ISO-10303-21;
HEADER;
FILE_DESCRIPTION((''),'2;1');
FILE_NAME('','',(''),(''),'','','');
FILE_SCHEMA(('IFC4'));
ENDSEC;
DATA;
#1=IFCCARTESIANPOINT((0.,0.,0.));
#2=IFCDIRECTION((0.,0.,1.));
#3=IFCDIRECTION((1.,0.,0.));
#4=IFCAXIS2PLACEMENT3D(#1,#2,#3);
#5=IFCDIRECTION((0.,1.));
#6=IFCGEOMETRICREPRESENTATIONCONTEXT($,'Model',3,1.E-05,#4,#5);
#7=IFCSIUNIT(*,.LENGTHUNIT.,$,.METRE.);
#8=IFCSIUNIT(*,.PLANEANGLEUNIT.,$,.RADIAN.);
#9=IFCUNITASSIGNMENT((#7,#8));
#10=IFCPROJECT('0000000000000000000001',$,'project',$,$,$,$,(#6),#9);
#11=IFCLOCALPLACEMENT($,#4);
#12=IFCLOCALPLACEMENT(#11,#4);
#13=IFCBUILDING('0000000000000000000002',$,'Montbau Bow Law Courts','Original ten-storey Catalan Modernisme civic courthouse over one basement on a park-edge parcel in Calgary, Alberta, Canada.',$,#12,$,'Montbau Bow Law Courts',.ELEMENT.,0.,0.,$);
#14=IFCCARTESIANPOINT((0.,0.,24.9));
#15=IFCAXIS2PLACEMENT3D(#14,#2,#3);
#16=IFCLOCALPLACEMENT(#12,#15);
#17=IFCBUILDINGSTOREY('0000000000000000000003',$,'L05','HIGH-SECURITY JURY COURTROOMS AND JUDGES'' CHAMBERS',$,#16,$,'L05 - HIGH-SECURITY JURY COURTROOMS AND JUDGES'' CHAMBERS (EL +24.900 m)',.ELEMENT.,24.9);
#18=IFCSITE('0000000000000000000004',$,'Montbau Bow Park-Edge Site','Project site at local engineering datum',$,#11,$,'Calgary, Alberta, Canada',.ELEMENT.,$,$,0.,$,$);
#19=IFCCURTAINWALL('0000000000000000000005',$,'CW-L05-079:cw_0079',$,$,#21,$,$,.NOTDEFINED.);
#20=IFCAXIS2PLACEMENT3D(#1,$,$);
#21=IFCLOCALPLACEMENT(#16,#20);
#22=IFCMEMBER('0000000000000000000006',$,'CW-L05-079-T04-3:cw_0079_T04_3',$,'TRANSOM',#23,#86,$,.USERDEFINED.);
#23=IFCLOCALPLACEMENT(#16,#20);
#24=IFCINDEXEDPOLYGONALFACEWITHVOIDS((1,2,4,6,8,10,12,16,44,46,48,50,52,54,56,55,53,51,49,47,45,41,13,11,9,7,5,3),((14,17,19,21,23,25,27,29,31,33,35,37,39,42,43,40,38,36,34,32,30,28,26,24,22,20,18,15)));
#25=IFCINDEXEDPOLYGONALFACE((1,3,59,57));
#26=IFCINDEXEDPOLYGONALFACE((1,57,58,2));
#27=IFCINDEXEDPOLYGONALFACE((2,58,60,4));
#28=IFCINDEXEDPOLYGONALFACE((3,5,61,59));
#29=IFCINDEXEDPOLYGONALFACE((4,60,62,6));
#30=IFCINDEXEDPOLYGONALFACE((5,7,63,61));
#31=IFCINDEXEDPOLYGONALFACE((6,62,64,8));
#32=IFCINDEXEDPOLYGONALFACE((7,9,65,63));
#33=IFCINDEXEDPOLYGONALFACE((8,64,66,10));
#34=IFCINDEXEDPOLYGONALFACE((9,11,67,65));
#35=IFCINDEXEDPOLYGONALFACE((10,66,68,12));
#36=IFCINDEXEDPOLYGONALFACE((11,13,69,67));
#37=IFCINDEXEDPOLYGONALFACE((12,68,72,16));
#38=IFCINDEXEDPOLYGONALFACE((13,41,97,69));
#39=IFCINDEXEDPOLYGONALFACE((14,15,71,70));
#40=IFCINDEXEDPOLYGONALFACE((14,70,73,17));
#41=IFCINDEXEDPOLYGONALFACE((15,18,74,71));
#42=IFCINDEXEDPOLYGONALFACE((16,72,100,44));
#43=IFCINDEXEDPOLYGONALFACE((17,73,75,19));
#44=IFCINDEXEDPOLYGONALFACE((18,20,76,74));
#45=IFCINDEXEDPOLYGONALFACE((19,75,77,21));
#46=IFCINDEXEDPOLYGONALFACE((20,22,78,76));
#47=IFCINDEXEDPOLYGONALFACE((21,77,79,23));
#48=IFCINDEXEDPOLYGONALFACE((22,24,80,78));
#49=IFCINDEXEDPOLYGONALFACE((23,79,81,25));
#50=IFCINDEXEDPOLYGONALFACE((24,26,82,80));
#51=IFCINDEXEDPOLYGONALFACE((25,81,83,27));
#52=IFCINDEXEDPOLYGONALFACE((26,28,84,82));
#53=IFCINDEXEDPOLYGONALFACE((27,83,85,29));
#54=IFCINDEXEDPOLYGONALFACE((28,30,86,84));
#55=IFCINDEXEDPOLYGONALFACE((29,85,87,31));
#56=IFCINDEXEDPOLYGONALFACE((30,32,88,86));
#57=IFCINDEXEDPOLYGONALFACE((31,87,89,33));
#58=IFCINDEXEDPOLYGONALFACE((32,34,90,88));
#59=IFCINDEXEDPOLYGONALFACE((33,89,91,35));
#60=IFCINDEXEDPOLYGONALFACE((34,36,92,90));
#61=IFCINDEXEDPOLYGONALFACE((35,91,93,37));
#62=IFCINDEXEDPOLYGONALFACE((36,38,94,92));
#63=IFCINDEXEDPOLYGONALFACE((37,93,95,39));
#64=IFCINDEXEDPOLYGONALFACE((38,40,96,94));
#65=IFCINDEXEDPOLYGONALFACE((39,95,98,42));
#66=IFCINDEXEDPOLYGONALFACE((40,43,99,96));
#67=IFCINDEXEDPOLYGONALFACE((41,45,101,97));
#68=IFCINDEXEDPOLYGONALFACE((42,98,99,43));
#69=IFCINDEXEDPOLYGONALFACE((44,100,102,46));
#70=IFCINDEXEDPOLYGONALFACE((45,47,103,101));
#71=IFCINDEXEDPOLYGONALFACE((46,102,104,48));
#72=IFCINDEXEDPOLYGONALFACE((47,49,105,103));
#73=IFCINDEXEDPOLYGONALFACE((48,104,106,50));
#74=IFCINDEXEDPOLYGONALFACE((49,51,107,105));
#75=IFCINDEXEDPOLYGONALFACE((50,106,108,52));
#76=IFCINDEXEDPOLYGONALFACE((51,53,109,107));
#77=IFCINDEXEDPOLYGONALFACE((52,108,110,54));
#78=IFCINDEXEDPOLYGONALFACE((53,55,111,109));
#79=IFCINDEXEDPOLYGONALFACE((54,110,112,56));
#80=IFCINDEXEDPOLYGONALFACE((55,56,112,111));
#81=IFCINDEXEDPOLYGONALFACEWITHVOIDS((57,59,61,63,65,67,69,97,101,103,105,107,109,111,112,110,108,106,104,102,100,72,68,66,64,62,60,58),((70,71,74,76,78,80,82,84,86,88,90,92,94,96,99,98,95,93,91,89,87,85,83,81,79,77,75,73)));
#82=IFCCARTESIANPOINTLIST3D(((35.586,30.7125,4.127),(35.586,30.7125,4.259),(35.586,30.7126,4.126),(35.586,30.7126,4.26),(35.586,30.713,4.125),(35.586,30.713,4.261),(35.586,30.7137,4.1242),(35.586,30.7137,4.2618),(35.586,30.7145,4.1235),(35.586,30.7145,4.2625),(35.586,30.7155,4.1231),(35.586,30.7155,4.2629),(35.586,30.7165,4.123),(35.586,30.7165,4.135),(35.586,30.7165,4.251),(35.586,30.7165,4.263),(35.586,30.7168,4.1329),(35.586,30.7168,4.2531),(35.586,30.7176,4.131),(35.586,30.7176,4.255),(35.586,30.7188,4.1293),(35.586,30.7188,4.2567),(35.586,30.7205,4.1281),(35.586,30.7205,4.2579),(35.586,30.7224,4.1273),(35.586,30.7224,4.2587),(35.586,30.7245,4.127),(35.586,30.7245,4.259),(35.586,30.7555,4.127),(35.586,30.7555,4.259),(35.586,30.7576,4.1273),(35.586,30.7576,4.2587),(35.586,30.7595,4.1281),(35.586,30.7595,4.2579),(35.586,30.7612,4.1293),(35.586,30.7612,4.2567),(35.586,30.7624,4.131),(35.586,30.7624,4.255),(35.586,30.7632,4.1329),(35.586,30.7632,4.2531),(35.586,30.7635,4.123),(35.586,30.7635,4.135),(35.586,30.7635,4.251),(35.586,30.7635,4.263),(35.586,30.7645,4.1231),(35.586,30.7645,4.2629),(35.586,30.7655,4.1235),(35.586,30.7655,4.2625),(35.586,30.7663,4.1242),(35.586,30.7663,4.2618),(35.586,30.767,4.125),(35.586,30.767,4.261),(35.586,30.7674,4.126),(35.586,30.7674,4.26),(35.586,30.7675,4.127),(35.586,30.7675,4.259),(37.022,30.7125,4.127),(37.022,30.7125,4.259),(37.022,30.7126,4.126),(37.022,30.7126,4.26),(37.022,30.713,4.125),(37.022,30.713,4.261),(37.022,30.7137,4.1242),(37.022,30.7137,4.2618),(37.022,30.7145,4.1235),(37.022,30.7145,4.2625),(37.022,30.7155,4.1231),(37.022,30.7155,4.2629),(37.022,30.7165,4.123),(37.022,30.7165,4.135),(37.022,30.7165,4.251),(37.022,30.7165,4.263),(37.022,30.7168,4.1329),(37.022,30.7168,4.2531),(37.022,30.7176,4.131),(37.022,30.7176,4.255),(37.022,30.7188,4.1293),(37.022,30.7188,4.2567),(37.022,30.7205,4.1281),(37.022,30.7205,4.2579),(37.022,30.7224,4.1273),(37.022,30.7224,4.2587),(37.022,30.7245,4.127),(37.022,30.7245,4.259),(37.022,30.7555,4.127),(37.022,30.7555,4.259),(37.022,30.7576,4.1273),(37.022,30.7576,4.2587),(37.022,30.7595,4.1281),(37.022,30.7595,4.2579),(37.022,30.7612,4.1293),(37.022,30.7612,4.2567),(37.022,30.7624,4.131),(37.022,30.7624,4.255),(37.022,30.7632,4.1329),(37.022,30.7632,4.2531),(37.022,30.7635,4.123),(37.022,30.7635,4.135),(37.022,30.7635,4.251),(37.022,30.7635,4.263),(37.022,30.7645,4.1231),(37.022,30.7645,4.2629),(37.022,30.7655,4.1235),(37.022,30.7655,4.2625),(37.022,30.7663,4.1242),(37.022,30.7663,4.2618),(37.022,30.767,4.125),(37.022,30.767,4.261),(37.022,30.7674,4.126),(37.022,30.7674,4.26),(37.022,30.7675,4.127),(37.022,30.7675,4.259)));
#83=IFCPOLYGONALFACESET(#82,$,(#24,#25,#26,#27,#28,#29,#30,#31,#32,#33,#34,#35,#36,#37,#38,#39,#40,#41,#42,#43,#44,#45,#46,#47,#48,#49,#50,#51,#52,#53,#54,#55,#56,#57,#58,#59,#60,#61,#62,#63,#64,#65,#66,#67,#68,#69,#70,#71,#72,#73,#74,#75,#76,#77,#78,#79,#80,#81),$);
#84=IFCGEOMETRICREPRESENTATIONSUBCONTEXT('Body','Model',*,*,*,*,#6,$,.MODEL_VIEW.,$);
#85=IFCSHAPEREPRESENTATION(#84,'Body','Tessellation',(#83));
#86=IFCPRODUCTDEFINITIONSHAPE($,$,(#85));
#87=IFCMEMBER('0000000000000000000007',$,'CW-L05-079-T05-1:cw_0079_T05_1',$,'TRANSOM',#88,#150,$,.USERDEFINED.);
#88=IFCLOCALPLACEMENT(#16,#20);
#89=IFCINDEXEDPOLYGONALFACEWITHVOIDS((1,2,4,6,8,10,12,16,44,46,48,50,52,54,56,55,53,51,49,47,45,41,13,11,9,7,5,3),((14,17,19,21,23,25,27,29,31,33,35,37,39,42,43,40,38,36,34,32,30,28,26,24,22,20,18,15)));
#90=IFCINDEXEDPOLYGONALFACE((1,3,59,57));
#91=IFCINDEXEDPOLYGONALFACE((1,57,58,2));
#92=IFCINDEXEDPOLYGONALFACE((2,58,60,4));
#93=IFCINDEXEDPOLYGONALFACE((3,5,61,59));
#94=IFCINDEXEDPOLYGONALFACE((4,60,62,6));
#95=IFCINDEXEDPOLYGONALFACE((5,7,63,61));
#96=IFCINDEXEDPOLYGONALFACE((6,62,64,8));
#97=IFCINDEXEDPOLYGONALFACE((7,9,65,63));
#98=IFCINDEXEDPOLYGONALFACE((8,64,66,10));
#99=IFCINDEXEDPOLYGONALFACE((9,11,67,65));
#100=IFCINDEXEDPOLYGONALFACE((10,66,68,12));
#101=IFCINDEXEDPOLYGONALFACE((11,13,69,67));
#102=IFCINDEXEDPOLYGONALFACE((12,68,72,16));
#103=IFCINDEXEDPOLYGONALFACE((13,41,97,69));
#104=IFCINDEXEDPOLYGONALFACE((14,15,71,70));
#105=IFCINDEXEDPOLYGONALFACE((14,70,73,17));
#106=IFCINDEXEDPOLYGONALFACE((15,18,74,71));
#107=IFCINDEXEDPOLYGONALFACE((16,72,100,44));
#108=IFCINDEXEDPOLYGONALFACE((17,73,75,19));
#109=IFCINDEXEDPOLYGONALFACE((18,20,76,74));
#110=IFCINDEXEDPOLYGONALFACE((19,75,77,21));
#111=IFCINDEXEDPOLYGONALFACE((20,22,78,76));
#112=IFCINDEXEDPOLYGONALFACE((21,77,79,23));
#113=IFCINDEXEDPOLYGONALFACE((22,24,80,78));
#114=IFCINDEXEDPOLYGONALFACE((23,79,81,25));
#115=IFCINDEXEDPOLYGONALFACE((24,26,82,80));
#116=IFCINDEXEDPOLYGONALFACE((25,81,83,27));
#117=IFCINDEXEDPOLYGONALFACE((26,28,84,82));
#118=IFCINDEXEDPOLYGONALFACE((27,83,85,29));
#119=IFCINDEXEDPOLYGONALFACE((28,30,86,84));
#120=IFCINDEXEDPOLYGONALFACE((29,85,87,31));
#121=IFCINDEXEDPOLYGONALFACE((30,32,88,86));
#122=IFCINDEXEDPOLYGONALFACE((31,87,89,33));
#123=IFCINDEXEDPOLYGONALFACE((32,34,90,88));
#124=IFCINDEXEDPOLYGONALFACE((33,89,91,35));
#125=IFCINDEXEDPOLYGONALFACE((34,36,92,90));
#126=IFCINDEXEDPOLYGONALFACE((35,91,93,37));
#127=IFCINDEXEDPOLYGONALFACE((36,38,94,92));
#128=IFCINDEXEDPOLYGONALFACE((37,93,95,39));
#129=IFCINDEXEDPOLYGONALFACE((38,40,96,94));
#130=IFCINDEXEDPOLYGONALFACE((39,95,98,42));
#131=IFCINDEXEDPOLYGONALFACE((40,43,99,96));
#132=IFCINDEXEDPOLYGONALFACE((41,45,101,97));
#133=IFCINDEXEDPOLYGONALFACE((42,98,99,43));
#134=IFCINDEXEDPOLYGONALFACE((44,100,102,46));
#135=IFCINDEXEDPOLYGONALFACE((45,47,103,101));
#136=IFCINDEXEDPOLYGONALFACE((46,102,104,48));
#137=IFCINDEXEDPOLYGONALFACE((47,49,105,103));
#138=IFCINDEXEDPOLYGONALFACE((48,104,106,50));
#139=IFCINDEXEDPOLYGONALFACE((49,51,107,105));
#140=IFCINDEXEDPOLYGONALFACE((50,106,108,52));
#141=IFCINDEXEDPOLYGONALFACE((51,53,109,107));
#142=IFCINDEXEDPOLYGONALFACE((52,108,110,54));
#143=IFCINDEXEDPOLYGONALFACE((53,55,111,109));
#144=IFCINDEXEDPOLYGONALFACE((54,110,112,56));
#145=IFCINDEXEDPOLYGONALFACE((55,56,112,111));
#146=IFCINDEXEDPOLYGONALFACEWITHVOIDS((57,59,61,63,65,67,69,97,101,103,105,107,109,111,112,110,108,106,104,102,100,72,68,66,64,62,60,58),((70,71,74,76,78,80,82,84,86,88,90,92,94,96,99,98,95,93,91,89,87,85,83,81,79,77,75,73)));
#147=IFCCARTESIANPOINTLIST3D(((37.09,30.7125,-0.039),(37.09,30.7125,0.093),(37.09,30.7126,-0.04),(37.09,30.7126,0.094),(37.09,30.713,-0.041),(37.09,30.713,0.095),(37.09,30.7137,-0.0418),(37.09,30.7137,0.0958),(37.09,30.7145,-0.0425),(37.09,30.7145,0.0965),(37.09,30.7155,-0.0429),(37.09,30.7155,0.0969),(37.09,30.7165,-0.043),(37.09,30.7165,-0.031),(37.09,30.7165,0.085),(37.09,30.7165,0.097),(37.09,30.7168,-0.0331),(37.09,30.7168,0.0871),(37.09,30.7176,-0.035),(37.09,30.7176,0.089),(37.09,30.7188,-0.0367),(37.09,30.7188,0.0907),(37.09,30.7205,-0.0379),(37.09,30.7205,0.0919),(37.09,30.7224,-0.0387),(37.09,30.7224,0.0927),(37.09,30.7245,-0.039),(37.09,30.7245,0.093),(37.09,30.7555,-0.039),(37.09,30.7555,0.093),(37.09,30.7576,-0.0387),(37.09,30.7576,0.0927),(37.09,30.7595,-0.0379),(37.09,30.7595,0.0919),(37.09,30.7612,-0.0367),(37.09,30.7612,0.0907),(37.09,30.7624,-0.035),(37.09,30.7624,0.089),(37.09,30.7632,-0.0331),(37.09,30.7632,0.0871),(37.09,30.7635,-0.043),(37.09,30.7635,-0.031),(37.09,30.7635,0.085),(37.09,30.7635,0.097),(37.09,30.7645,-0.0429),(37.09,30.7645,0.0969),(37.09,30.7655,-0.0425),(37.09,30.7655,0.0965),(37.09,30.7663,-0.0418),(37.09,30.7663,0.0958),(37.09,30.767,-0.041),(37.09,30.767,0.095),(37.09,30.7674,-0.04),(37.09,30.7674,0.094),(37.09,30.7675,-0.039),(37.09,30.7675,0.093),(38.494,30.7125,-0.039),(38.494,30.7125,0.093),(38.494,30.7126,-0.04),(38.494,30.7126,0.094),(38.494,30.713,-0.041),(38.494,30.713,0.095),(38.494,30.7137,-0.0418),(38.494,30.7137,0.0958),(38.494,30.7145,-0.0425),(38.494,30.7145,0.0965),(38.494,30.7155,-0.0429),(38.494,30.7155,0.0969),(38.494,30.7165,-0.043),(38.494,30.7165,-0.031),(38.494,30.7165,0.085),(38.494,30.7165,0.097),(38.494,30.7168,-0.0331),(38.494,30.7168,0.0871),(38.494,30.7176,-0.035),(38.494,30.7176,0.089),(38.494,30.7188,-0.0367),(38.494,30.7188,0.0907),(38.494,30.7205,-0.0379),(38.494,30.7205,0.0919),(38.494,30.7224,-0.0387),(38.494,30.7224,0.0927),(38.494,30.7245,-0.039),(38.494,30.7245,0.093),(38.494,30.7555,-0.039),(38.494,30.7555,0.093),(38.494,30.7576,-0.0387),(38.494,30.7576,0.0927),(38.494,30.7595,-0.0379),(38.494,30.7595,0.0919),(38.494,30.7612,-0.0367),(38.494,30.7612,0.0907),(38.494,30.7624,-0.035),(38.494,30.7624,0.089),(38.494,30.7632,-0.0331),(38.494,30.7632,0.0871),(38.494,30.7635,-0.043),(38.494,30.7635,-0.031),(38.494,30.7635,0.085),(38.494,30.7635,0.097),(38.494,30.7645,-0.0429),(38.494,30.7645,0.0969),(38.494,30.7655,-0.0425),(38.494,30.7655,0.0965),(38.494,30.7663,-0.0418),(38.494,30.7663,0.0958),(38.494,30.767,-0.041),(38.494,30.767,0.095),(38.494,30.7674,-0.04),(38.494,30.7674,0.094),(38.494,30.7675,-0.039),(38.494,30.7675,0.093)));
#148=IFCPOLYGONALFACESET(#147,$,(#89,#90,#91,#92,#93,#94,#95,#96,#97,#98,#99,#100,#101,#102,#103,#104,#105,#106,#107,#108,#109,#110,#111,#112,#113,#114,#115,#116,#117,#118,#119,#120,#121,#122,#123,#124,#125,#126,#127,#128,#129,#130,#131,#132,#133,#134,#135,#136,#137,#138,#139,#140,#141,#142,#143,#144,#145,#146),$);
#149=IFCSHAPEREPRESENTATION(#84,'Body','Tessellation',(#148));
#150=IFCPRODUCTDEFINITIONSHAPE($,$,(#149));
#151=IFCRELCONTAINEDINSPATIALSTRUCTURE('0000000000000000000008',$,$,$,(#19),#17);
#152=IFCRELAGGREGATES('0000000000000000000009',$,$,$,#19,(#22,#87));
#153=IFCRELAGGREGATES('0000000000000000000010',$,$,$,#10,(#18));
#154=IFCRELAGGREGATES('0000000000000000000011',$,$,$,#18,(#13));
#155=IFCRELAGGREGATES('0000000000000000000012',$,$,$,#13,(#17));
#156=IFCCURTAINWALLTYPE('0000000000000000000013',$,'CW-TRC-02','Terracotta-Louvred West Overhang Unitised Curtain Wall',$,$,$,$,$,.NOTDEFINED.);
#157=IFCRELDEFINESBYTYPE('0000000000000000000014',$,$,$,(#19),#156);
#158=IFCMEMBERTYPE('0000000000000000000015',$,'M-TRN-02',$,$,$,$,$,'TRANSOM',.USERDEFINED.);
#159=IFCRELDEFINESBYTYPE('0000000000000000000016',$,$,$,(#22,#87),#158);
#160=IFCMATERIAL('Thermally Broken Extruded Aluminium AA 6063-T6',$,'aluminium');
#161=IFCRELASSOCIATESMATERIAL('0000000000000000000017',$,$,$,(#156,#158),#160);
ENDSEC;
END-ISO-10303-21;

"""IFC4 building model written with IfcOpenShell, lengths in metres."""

from ifc_helpers import new_model, si_unit, direction, frame, origin_with_axes, origin_2d_with_axis, place, context, subcontext, project, spatial, hollow_rectangle, extrude, material, material_profile, profile_set, type_object, element, aggregate, save


model = new_model("IFC4")

# Units and contexts
model_context = context("Model", 3, precision=1e-05, world=origin_with_axes(), true_north=direction((0.0, 1.0)))
body_context = subcontext(model_context, "Body", "Model", "MODEL_VIEW")
ifc_project = project(units=[si_unit("LENGTHUNIT", "METRE"), si_unit("PLANEANGLEUNIT", "RADIAN")], contexts=[model_context])

# Site, building, storey
site_placement = place(None, origin_with_axes())
site = spatial("IfcSite", under=ifc_project, at=site_placement, Name="Montbau Bow Park-Edge Site", Description="Project site at local engineering datum", LongName="Calgary, Alberta, Canada", CompositionType="ELEMENT", RefElevation=0.0)
building_placement = place(site_placement, origin_with_axes())
building = spatial("IfcBuilding", under=site, at=building_placement, Name="Montbau Bow Law Courts", Description="Original ten-storey Catalan Modernisme civic courthouse over one basement on a park-edge parcel in Calgary, Alberta, Canada.", LongName="Montbau Bow Law Courts", CompositionType="ELEMENT", ElevationOfRefHeight=0.0, ElevationOfTerrain=0.0)
storey_placement = place(building_placement, frame((0.0, 0.0, 24.9), z_axis=(0.0, 0.0, 1.0), x_axis=(1.0, 0.0, 0.0)))
storey = spatial("IfcBuildingStorey", under=building, at=storey_placement, Name="L05", Description="HIGH-SECURITY JURY COURTROOMS AND JUDGES' CHAMBERS", LongName="L05 - HIGH-SECURITY JURY COURTROOMS AND JUDGES' CHAMBERS (EL +24.900 m)", CompositionType="ELEMENT", Elevation=24.9)

# Curtain wall, members
ifc_material_1 = material(Name="Thermally Broken Extruded Aluminium AA 6063-T6", Category="aluminium")
curtain_wall_type = type_object("IfcCurtainWallType", Name="CW-TRC-02", Description="Terracotta-Louvred West Overhang Unitised Curtain Wall", PredefinedType="NOTDEFINED", material=ifc_material_1)
curtain_wall_placement = place(None, frame((31.04, 30.74, 24.9), z_axis=(0.0, 0.0, 1.0), x_axis=(1.0, 0.0, 0.0)))
curtain_wall = element("IfcCurtainWall", 1, at=curtain_wall_placement, inside=storey, type_object=curtain_wall_type, Name="CW-L05-079:cw_0079", PredefinedType="NOTDEFINED")
ifc_material_profile_1 = material_profile(ifc_material_1, hollow_rectangle(XDim=0.055, YDim=0.14, WallThickness=0.004, InnerFilletRadius=0.008, OuterFilletRadius=0.004, at=origin_2d_with_axis()), Name="CWT-140X55", Category="Main", Priority=0)
ifc_profile_set_1 = profile_set([ifc_material_profile_1], Name="Thermally Broken Extruded Aluminium AA 6063-T6")
member_type_1 = type_object("IfcMemberType", Name="M-TRN-02", ElementType="TRANSOM", PredefinedType="USERDEFINED", material=ifc_profile_set_1)
member_1_placement = place(None, frame((35.586, 30.74, 29.093), z_axis=(1.0, 0.0, 0.0), x_axis=(0.0, 1.0, 0.0)))
member_1 = element("IfcMember", 2, at=member_1_placement, type_object=member_type_1, Name="CW-L05-079-T04-3:cw_0079_T04_3", ObjectType="TRANSOM", PredefinedType="USERDEFINED", context=body_context, shape_type="SweptSolid", body=[
    extrude(hollow_rectangle(XDim=0.055, YDim=0.14, WallThickness=0.004, InnerFilletRadius=0.008, OuterFilletRadius=0.004, at=origin_2d_with_axis()), origin_with_axes(), (0.0, 0.0, 1.0), 1.436),
])
member_2_placement = place(None, frame((37.09, 30.74, 24.927), z_axis=(1.0, 0.0, 0.0), x_axis=(0.0, 1.0, 0.0)))
member_2 = element("IfcMember", 3, at=member_2_placement, type_object=member_type_1, Name="CW-L05-079-T05-1:cw_0079_T05_1", ObjectType="TRANSOM", PredefinedType="USERDEFINED", context=body_context, shape_type="SweptSolid", body=[
    extrude(hollow_rectangle(XDim=0.055, YDim=0.14, WallThickness=0.004, InnerFilletRadius=0.008, OuterFilletRadius=0.004, at=origin_2d_with_axis()), origin_with_axes(), (0.0, 0.0, 1.0), 1.404),
])
aggregate(curtain_wall, [member_1, member_2])

save(model, "model.ifc")
